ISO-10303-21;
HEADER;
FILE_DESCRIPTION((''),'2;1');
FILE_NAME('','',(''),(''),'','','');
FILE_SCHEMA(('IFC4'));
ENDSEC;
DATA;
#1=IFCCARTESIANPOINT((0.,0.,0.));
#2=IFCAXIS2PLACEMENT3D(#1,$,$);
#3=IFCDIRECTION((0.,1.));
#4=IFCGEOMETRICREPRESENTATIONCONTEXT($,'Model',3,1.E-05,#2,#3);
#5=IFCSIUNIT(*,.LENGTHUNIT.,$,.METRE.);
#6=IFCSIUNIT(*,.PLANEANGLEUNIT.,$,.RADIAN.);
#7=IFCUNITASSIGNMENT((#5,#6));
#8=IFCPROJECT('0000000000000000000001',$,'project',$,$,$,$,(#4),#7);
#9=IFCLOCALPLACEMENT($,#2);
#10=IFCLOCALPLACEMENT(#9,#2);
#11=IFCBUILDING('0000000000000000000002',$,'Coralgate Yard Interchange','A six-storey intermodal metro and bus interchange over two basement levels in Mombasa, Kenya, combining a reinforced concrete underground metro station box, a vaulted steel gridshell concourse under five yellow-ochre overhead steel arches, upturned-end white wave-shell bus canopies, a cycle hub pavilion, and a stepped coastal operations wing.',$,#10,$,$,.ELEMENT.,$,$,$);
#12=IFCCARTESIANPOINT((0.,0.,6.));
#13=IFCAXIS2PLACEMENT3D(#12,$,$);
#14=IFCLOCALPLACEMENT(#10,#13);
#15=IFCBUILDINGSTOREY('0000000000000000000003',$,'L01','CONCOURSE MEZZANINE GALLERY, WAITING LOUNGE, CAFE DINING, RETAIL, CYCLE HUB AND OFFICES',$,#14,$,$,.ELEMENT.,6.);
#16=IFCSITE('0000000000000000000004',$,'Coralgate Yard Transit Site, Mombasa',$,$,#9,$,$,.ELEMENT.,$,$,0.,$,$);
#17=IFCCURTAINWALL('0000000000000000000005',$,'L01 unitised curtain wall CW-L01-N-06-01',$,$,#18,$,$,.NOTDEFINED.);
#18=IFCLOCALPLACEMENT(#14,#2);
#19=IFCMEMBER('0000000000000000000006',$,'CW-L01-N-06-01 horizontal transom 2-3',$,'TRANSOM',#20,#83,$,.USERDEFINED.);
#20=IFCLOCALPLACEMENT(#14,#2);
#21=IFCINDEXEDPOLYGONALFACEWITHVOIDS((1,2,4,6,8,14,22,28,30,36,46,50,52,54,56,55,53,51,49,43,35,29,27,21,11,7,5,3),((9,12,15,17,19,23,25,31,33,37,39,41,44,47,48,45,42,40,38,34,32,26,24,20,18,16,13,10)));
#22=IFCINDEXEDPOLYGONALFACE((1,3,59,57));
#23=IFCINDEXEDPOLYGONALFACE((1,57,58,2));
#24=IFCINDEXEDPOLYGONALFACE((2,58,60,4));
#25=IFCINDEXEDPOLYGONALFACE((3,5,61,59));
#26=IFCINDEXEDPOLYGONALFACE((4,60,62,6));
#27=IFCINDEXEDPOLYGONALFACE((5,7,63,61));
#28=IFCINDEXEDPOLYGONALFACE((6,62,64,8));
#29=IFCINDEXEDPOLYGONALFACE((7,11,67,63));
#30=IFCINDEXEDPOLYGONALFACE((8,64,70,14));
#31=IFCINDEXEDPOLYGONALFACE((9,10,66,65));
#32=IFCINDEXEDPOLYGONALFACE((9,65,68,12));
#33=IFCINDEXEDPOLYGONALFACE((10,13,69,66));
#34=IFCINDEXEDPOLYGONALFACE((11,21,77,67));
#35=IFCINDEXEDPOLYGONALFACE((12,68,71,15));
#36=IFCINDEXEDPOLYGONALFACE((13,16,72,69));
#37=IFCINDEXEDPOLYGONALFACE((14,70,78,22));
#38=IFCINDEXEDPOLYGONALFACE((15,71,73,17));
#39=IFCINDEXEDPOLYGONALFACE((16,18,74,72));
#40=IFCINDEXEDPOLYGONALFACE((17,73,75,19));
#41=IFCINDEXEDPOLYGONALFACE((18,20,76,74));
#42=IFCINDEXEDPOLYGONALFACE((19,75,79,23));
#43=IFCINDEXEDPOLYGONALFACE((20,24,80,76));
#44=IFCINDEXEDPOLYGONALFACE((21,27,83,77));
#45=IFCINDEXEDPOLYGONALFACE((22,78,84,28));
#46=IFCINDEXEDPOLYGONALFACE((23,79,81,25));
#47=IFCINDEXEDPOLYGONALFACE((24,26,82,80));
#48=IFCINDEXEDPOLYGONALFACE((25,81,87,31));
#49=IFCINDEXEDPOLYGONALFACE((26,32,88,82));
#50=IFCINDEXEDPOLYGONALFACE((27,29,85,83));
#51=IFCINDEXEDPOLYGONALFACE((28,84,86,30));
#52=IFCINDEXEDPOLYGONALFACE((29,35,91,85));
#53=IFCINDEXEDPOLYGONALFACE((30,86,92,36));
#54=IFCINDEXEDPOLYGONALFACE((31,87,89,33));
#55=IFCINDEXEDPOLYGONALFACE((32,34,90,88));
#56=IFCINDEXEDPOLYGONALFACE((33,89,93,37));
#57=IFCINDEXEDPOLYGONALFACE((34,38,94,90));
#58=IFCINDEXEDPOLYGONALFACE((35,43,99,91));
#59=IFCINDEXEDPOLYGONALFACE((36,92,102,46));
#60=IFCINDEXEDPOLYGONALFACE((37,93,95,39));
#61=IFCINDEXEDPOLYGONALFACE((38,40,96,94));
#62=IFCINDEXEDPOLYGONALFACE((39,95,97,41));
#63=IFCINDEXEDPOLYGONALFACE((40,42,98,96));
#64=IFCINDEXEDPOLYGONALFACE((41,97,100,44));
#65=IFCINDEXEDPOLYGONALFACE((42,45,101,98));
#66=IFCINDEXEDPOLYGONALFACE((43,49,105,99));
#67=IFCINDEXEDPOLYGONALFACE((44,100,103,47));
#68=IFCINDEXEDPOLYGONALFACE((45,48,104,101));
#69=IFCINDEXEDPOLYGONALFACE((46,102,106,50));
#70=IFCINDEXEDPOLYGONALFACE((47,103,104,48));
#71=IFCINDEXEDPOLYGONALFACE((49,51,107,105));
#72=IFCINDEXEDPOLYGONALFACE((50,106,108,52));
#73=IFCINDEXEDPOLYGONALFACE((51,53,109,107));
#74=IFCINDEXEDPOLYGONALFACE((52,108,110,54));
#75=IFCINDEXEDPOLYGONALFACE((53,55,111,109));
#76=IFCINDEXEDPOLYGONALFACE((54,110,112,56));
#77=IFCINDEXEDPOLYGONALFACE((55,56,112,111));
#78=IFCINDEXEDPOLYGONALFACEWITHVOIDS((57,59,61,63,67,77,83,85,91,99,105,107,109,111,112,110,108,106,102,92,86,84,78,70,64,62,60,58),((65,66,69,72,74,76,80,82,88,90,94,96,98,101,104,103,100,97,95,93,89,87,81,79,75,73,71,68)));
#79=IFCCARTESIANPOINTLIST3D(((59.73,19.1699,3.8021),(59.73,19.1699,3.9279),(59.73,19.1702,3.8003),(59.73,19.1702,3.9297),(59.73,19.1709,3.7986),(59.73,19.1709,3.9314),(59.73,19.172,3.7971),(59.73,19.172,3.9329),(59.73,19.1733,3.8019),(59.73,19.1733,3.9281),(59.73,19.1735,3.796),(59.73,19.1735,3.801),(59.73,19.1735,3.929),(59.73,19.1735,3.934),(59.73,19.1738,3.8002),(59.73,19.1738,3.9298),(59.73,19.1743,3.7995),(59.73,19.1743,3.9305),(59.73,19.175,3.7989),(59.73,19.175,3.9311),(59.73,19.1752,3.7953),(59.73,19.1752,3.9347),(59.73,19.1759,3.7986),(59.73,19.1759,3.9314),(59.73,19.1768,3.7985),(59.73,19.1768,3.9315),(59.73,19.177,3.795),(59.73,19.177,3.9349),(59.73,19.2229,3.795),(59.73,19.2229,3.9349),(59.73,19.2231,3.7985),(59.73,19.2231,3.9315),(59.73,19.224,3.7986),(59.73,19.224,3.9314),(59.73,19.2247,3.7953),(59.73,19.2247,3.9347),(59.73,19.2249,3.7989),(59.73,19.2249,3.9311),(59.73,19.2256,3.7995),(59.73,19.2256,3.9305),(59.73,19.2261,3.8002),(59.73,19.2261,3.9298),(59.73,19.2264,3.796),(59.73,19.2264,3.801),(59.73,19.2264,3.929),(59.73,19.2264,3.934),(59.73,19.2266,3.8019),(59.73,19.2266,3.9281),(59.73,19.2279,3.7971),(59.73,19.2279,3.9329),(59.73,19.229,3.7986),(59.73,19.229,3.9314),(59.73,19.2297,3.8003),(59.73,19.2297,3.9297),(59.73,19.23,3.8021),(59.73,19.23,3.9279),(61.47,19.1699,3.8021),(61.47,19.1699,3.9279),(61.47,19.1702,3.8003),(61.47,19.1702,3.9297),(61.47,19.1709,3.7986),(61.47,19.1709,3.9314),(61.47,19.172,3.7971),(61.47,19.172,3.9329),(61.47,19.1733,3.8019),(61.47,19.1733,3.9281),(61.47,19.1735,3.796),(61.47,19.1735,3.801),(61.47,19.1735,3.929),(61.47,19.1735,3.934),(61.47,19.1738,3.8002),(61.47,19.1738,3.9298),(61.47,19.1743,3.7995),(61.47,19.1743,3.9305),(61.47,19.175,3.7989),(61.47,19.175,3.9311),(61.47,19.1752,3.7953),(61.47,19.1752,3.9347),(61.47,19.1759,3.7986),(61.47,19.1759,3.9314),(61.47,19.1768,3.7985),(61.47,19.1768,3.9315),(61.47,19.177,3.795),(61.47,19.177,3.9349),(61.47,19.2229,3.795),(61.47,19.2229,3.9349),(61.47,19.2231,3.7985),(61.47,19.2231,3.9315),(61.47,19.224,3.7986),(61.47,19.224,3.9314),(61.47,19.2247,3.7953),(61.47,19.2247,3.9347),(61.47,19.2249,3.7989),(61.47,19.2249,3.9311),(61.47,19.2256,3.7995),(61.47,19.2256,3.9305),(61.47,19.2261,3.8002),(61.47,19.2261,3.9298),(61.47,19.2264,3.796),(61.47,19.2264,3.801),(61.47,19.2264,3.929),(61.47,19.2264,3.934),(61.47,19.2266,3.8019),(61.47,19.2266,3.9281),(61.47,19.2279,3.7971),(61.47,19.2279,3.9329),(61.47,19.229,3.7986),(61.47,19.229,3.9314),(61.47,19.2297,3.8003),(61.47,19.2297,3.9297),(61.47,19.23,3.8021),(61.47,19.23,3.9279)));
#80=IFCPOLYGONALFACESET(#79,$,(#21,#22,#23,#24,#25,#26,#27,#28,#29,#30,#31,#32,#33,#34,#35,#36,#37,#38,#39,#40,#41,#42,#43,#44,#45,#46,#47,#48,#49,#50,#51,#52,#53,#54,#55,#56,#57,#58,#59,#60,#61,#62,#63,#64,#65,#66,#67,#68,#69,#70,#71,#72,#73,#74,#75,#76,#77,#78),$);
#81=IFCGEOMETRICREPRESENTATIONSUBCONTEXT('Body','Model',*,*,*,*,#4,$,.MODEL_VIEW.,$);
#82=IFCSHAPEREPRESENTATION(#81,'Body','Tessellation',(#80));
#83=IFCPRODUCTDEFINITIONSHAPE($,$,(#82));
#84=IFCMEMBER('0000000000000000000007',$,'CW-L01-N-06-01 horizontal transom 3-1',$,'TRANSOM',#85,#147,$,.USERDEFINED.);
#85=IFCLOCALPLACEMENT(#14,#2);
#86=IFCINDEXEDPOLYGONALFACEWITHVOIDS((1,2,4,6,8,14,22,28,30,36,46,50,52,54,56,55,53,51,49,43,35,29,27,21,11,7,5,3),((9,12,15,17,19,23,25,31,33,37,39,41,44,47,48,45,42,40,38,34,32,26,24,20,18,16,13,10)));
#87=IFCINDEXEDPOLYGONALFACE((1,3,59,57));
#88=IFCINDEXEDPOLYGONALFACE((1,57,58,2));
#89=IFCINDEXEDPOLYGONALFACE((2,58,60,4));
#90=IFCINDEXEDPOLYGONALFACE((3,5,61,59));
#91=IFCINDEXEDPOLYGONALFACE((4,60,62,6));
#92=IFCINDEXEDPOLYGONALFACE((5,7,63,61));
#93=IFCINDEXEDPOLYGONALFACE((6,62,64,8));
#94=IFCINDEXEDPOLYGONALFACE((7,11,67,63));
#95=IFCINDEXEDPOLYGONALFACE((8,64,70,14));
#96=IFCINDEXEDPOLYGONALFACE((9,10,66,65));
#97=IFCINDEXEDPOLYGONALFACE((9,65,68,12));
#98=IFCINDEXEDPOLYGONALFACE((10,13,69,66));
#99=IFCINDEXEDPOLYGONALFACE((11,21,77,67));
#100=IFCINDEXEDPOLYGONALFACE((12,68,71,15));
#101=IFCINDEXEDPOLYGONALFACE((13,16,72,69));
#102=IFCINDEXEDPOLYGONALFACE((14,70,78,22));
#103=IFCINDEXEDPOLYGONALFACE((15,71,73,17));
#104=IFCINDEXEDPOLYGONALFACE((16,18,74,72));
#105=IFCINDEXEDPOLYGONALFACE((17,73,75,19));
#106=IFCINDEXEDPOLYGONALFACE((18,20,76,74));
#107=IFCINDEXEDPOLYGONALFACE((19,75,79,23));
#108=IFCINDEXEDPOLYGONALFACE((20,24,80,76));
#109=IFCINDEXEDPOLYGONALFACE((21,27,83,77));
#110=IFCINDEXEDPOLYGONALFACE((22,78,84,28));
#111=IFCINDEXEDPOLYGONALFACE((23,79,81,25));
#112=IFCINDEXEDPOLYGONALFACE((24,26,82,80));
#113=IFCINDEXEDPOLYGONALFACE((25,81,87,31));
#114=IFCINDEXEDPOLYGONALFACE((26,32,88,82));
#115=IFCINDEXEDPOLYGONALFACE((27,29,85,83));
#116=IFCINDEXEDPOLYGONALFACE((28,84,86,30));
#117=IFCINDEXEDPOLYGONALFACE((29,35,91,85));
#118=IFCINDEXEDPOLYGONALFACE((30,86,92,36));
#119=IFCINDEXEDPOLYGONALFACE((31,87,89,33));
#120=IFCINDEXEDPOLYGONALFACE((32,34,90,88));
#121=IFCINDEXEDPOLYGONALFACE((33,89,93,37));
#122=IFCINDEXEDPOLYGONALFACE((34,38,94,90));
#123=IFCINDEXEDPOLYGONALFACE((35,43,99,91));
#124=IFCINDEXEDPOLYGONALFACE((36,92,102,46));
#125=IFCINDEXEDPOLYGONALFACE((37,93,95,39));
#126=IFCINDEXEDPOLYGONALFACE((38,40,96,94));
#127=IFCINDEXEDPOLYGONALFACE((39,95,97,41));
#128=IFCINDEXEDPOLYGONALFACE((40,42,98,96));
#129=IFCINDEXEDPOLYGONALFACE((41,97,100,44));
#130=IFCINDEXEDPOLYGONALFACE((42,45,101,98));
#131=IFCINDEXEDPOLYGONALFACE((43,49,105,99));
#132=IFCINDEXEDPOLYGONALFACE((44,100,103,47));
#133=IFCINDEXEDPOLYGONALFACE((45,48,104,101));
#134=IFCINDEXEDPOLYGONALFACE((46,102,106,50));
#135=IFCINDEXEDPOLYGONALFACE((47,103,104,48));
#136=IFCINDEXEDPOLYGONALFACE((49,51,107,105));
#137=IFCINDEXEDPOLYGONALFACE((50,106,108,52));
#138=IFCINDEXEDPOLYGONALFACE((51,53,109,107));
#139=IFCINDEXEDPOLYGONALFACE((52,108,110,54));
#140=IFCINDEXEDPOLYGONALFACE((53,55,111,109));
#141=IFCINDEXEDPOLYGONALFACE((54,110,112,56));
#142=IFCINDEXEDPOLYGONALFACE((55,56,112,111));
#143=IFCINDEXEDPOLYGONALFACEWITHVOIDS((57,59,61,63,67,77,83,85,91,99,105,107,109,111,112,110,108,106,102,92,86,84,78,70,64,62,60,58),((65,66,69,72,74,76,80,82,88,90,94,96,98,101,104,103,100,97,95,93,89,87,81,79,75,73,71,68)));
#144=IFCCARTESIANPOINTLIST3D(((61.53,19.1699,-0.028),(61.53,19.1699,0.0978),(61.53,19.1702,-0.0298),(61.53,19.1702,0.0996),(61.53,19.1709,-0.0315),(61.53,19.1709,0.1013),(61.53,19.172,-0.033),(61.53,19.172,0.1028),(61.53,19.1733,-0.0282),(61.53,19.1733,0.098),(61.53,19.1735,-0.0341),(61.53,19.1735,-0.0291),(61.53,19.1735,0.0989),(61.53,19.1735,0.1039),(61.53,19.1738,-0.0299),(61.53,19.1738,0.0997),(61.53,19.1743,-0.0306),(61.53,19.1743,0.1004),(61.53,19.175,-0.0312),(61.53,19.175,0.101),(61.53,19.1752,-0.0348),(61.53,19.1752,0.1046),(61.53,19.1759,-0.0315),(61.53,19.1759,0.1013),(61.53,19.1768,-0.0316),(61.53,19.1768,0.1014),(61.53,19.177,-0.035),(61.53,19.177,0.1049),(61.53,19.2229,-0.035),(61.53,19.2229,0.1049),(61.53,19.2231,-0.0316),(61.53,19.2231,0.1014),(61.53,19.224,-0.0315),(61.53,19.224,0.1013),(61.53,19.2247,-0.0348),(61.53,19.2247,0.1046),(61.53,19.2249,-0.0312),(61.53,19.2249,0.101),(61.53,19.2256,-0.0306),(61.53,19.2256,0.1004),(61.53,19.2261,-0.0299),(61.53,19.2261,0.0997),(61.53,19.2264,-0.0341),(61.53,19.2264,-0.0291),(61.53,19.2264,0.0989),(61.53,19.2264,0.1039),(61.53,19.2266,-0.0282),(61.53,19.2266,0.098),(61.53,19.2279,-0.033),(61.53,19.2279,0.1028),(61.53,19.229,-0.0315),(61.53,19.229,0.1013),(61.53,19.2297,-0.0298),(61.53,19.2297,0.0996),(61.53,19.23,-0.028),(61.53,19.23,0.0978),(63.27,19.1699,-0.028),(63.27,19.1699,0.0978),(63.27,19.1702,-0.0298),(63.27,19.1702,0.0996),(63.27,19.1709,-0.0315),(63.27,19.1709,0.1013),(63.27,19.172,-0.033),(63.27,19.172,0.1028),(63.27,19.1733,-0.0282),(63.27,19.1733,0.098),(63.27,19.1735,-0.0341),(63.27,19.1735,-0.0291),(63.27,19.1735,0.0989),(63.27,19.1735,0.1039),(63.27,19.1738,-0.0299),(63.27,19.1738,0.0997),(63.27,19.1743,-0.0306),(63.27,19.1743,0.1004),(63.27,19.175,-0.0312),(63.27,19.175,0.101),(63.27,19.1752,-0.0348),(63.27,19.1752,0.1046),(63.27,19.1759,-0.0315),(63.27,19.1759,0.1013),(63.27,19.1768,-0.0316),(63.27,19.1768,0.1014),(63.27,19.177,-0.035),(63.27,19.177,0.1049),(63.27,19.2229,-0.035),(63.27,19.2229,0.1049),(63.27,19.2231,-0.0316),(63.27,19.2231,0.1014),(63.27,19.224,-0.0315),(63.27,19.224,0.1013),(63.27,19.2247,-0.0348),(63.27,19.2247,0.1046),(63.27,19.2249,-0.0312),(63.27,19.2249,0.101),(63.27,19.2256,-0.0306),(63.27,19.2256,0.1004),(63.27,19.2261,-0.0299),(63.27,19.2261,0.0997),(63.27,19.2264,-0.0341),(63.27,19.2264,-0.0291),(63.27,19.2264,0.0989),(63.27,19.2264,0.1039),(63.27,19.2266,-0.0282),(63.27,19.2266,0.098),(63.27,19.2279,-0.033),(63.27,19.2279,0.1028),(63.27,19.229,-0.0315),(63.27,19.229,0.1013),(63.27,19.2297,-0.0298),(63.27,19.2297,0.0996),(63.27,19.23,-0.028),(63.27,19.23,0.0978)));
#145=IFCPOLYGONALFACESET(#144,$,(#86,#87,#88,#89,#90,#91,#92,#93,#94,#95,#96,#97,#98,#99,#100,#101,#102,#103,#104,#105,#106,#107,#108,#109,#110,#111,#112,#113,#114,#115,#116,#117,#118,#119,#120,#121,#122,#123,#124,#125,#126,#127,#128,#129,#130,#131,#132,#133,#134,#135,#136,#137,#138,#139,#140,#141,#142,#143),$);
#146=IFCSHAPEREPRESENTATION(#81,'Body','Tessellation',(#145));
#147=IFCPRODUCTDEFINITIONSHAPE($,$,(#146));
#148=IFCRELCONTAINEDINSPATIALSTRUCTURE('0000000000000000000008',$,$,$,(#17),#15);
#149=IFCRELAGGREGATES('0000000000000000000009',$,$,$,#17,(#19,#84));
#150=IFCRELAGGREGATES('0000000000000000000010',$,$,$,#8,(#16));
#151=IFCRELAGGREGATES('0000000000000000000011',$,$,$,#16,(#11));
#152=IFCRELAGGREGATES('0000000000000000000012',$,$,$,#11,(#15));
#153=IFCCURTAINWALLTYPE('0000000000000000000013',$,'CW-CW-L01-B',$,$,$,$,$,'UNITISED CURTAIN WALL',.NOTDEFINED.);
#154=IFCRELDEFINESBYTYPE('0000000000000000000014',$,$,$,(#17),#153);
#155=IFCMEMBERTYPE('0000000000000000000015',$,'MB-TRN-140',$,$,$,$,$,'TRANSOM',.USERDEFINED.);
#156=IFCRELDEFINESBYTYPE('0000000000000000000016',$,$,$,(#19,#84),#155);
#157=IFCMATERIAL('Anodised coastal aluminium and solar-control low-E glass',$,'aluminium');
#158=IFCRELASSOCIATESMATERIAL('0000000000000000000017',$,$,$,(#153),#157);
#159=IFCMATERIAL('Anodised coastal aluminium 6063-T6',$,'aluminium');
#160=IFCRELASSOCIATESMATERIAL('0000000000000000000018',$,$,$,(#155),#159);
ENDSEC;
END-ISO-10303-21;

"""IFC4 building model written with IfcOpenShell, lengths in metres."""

from ifc_helpers import new_model, si_unit, direction, frame, origin, origin_2d, place, context, subcontext, project, spatial, hollow_rectangle, extrude, material, material_profile, profile_set, type_object, element, aggregate, save


model = new_model("IFC4")

# Units and contexts
model_context = context("Model", 3, precision=1e-05, world=origin(), true_north=direction((0.0, 1.0)))
body_context = subcontext(model_context, "Body", "Model", "MODEL_VIEW")
ifc_project = project(units=[si_unit("LENGTHUNIT", "METRE"), si_unit("PLANEANGLEUNIT", "RADIAN")], contexts=[model_context])

# Site, building, storey
site_placement = place(None, origin())
site = spatial("IfcSite", under=ifc_project, at=site_placement, Name="Coralgate Yard Transit Site, Mombasa", CompositionType="ELEMENT", RefElevation=0.0)
building_placement = place(site_placement, origin())
building = spatial("IfcBuilding", under=site, at=building_placement, Name="Coralgate Yard Interchange", Description="A six-storey intermodal metro and bus interchange over two basement levels in Mombasa, Kenya, combining a reinforced concrete underground metro station box, a vaulted steel gridshell concourse under five yellow-ochre overhead steel arches, upturned-end white wave-shell bus canopies, a cycle hub pavilion, and a stepped coastal operations wing.", CompositionType="ELEMENT")
storey_placement = place(building_placement, frame((0.0, 0.0, 6.0)))
storey = spatial("IfcBuildingStorey", under=building, at=storey_placement, Name="L01", Description="CONCOURSE MEZZANINE GALLERY, WAITING LOUNGE, CAFE DINING, RETAIL, CYCLE HUB AND OFFICES", CompositionType="ELEMENT", Elevation=6.0)

# Curtain wall, members
ifc_material_1 = material(Name="Anodised coastal aluminium and solar-control low-E glass", Category="aluminium")
curtain_wall_type = type_object("IfcCurtainWallType", Name="CW-CW-L01-B", ElementType="UNITISED CURTAIN WALL", PredefinedType="NOTDEFINED", material=ifc_material_1)
curtain_wall_placement = place(storey_placement, origin())
curtain_wall = element("IfcCurtainWall", 1, at=curtain_wall_placement, inside=storey, type_object=curtain_wall_type, Name="L01 unitised curtain wall CW-L01-N-06-01", PredefinedType="NOTDEFINED")
ifc_material_2 = material(Name="Anodised coastal aluminium 6063-T6", Category="aluminium")
ifc_material_profile_1 = material_profile(ifc_material_2, hollow_rectangle(XDim=0.0601, YDim=0.1399, WallThickness=0.0034, InnerFilletRadius=0.0034, OuterFilletRadius=0.0071, at=origin_2d()), Name="ALU 60x140x3.5")
ifc_profile_set_1 = profile_set([ifc_material_profile_1], Name="Anodised coastal aluminium 6063-T6")
member_type_1 = type_object("IfcMemberType", Name="MB-TRN-140", ElementType="TRANSOM", PredefinedType="USERDEFINED", material=ifc_profile_set_1)
member_1_placement = place(storey_placement, frame((59.73, 19.2, 3.865), z_axis=(1.0, 0.0, 0.0), x_axis=(0.0, 1.0, 0.0)))
member_1 = element("IfcMember", 2, at=member_1_placement, type_object=member_type_1, Name="CW-L01-N-06-01 horizontal transom 2-3", ObjectType="TRANSOM", PredefinedType="USERDEFINED", context=body_context, shape_type="SweptSolid", body=[
    extrude(hollow_rectangle(XDim=0.0601, YDim=0.1399, WallThickness=0.0034, InnerFilletRadius=0.0034, OuterFilletRadius=0.0071, at=origin_2d()), origin(), (0.0, 0.0, 1.0), 1.74),
])
member_2_placement = place(storey_placement, frame((61.53, 19.2, 0.0349), z_axis=(1.0, 0.0, 0.0), x_axis=(0.0, 1.0, 0.0)))
member_2 = element("IfcMember", 3, at=member_2_placement, type_object=member_type_1, Name="CW-L01-N-06-01 horizontal transom 3-1", ObjectType="TRANSOM", PredefinedType="USERDEFINED", context=body_context, shape_type="SweptSolid", body=[
    extrude(hollow_rectangle(XDim=0.0601, YDim=0.1399, WallThickness=0.0034, InnerFilletRadius=0.0034, OuterFilletRadius=0.0071, at=origin_2d()), origin(), (0.0, 0.0, 1.0), 1.74),
])
aggregate(curtain_wall, [member_1, member_2])

save(model, "model.ifc")
